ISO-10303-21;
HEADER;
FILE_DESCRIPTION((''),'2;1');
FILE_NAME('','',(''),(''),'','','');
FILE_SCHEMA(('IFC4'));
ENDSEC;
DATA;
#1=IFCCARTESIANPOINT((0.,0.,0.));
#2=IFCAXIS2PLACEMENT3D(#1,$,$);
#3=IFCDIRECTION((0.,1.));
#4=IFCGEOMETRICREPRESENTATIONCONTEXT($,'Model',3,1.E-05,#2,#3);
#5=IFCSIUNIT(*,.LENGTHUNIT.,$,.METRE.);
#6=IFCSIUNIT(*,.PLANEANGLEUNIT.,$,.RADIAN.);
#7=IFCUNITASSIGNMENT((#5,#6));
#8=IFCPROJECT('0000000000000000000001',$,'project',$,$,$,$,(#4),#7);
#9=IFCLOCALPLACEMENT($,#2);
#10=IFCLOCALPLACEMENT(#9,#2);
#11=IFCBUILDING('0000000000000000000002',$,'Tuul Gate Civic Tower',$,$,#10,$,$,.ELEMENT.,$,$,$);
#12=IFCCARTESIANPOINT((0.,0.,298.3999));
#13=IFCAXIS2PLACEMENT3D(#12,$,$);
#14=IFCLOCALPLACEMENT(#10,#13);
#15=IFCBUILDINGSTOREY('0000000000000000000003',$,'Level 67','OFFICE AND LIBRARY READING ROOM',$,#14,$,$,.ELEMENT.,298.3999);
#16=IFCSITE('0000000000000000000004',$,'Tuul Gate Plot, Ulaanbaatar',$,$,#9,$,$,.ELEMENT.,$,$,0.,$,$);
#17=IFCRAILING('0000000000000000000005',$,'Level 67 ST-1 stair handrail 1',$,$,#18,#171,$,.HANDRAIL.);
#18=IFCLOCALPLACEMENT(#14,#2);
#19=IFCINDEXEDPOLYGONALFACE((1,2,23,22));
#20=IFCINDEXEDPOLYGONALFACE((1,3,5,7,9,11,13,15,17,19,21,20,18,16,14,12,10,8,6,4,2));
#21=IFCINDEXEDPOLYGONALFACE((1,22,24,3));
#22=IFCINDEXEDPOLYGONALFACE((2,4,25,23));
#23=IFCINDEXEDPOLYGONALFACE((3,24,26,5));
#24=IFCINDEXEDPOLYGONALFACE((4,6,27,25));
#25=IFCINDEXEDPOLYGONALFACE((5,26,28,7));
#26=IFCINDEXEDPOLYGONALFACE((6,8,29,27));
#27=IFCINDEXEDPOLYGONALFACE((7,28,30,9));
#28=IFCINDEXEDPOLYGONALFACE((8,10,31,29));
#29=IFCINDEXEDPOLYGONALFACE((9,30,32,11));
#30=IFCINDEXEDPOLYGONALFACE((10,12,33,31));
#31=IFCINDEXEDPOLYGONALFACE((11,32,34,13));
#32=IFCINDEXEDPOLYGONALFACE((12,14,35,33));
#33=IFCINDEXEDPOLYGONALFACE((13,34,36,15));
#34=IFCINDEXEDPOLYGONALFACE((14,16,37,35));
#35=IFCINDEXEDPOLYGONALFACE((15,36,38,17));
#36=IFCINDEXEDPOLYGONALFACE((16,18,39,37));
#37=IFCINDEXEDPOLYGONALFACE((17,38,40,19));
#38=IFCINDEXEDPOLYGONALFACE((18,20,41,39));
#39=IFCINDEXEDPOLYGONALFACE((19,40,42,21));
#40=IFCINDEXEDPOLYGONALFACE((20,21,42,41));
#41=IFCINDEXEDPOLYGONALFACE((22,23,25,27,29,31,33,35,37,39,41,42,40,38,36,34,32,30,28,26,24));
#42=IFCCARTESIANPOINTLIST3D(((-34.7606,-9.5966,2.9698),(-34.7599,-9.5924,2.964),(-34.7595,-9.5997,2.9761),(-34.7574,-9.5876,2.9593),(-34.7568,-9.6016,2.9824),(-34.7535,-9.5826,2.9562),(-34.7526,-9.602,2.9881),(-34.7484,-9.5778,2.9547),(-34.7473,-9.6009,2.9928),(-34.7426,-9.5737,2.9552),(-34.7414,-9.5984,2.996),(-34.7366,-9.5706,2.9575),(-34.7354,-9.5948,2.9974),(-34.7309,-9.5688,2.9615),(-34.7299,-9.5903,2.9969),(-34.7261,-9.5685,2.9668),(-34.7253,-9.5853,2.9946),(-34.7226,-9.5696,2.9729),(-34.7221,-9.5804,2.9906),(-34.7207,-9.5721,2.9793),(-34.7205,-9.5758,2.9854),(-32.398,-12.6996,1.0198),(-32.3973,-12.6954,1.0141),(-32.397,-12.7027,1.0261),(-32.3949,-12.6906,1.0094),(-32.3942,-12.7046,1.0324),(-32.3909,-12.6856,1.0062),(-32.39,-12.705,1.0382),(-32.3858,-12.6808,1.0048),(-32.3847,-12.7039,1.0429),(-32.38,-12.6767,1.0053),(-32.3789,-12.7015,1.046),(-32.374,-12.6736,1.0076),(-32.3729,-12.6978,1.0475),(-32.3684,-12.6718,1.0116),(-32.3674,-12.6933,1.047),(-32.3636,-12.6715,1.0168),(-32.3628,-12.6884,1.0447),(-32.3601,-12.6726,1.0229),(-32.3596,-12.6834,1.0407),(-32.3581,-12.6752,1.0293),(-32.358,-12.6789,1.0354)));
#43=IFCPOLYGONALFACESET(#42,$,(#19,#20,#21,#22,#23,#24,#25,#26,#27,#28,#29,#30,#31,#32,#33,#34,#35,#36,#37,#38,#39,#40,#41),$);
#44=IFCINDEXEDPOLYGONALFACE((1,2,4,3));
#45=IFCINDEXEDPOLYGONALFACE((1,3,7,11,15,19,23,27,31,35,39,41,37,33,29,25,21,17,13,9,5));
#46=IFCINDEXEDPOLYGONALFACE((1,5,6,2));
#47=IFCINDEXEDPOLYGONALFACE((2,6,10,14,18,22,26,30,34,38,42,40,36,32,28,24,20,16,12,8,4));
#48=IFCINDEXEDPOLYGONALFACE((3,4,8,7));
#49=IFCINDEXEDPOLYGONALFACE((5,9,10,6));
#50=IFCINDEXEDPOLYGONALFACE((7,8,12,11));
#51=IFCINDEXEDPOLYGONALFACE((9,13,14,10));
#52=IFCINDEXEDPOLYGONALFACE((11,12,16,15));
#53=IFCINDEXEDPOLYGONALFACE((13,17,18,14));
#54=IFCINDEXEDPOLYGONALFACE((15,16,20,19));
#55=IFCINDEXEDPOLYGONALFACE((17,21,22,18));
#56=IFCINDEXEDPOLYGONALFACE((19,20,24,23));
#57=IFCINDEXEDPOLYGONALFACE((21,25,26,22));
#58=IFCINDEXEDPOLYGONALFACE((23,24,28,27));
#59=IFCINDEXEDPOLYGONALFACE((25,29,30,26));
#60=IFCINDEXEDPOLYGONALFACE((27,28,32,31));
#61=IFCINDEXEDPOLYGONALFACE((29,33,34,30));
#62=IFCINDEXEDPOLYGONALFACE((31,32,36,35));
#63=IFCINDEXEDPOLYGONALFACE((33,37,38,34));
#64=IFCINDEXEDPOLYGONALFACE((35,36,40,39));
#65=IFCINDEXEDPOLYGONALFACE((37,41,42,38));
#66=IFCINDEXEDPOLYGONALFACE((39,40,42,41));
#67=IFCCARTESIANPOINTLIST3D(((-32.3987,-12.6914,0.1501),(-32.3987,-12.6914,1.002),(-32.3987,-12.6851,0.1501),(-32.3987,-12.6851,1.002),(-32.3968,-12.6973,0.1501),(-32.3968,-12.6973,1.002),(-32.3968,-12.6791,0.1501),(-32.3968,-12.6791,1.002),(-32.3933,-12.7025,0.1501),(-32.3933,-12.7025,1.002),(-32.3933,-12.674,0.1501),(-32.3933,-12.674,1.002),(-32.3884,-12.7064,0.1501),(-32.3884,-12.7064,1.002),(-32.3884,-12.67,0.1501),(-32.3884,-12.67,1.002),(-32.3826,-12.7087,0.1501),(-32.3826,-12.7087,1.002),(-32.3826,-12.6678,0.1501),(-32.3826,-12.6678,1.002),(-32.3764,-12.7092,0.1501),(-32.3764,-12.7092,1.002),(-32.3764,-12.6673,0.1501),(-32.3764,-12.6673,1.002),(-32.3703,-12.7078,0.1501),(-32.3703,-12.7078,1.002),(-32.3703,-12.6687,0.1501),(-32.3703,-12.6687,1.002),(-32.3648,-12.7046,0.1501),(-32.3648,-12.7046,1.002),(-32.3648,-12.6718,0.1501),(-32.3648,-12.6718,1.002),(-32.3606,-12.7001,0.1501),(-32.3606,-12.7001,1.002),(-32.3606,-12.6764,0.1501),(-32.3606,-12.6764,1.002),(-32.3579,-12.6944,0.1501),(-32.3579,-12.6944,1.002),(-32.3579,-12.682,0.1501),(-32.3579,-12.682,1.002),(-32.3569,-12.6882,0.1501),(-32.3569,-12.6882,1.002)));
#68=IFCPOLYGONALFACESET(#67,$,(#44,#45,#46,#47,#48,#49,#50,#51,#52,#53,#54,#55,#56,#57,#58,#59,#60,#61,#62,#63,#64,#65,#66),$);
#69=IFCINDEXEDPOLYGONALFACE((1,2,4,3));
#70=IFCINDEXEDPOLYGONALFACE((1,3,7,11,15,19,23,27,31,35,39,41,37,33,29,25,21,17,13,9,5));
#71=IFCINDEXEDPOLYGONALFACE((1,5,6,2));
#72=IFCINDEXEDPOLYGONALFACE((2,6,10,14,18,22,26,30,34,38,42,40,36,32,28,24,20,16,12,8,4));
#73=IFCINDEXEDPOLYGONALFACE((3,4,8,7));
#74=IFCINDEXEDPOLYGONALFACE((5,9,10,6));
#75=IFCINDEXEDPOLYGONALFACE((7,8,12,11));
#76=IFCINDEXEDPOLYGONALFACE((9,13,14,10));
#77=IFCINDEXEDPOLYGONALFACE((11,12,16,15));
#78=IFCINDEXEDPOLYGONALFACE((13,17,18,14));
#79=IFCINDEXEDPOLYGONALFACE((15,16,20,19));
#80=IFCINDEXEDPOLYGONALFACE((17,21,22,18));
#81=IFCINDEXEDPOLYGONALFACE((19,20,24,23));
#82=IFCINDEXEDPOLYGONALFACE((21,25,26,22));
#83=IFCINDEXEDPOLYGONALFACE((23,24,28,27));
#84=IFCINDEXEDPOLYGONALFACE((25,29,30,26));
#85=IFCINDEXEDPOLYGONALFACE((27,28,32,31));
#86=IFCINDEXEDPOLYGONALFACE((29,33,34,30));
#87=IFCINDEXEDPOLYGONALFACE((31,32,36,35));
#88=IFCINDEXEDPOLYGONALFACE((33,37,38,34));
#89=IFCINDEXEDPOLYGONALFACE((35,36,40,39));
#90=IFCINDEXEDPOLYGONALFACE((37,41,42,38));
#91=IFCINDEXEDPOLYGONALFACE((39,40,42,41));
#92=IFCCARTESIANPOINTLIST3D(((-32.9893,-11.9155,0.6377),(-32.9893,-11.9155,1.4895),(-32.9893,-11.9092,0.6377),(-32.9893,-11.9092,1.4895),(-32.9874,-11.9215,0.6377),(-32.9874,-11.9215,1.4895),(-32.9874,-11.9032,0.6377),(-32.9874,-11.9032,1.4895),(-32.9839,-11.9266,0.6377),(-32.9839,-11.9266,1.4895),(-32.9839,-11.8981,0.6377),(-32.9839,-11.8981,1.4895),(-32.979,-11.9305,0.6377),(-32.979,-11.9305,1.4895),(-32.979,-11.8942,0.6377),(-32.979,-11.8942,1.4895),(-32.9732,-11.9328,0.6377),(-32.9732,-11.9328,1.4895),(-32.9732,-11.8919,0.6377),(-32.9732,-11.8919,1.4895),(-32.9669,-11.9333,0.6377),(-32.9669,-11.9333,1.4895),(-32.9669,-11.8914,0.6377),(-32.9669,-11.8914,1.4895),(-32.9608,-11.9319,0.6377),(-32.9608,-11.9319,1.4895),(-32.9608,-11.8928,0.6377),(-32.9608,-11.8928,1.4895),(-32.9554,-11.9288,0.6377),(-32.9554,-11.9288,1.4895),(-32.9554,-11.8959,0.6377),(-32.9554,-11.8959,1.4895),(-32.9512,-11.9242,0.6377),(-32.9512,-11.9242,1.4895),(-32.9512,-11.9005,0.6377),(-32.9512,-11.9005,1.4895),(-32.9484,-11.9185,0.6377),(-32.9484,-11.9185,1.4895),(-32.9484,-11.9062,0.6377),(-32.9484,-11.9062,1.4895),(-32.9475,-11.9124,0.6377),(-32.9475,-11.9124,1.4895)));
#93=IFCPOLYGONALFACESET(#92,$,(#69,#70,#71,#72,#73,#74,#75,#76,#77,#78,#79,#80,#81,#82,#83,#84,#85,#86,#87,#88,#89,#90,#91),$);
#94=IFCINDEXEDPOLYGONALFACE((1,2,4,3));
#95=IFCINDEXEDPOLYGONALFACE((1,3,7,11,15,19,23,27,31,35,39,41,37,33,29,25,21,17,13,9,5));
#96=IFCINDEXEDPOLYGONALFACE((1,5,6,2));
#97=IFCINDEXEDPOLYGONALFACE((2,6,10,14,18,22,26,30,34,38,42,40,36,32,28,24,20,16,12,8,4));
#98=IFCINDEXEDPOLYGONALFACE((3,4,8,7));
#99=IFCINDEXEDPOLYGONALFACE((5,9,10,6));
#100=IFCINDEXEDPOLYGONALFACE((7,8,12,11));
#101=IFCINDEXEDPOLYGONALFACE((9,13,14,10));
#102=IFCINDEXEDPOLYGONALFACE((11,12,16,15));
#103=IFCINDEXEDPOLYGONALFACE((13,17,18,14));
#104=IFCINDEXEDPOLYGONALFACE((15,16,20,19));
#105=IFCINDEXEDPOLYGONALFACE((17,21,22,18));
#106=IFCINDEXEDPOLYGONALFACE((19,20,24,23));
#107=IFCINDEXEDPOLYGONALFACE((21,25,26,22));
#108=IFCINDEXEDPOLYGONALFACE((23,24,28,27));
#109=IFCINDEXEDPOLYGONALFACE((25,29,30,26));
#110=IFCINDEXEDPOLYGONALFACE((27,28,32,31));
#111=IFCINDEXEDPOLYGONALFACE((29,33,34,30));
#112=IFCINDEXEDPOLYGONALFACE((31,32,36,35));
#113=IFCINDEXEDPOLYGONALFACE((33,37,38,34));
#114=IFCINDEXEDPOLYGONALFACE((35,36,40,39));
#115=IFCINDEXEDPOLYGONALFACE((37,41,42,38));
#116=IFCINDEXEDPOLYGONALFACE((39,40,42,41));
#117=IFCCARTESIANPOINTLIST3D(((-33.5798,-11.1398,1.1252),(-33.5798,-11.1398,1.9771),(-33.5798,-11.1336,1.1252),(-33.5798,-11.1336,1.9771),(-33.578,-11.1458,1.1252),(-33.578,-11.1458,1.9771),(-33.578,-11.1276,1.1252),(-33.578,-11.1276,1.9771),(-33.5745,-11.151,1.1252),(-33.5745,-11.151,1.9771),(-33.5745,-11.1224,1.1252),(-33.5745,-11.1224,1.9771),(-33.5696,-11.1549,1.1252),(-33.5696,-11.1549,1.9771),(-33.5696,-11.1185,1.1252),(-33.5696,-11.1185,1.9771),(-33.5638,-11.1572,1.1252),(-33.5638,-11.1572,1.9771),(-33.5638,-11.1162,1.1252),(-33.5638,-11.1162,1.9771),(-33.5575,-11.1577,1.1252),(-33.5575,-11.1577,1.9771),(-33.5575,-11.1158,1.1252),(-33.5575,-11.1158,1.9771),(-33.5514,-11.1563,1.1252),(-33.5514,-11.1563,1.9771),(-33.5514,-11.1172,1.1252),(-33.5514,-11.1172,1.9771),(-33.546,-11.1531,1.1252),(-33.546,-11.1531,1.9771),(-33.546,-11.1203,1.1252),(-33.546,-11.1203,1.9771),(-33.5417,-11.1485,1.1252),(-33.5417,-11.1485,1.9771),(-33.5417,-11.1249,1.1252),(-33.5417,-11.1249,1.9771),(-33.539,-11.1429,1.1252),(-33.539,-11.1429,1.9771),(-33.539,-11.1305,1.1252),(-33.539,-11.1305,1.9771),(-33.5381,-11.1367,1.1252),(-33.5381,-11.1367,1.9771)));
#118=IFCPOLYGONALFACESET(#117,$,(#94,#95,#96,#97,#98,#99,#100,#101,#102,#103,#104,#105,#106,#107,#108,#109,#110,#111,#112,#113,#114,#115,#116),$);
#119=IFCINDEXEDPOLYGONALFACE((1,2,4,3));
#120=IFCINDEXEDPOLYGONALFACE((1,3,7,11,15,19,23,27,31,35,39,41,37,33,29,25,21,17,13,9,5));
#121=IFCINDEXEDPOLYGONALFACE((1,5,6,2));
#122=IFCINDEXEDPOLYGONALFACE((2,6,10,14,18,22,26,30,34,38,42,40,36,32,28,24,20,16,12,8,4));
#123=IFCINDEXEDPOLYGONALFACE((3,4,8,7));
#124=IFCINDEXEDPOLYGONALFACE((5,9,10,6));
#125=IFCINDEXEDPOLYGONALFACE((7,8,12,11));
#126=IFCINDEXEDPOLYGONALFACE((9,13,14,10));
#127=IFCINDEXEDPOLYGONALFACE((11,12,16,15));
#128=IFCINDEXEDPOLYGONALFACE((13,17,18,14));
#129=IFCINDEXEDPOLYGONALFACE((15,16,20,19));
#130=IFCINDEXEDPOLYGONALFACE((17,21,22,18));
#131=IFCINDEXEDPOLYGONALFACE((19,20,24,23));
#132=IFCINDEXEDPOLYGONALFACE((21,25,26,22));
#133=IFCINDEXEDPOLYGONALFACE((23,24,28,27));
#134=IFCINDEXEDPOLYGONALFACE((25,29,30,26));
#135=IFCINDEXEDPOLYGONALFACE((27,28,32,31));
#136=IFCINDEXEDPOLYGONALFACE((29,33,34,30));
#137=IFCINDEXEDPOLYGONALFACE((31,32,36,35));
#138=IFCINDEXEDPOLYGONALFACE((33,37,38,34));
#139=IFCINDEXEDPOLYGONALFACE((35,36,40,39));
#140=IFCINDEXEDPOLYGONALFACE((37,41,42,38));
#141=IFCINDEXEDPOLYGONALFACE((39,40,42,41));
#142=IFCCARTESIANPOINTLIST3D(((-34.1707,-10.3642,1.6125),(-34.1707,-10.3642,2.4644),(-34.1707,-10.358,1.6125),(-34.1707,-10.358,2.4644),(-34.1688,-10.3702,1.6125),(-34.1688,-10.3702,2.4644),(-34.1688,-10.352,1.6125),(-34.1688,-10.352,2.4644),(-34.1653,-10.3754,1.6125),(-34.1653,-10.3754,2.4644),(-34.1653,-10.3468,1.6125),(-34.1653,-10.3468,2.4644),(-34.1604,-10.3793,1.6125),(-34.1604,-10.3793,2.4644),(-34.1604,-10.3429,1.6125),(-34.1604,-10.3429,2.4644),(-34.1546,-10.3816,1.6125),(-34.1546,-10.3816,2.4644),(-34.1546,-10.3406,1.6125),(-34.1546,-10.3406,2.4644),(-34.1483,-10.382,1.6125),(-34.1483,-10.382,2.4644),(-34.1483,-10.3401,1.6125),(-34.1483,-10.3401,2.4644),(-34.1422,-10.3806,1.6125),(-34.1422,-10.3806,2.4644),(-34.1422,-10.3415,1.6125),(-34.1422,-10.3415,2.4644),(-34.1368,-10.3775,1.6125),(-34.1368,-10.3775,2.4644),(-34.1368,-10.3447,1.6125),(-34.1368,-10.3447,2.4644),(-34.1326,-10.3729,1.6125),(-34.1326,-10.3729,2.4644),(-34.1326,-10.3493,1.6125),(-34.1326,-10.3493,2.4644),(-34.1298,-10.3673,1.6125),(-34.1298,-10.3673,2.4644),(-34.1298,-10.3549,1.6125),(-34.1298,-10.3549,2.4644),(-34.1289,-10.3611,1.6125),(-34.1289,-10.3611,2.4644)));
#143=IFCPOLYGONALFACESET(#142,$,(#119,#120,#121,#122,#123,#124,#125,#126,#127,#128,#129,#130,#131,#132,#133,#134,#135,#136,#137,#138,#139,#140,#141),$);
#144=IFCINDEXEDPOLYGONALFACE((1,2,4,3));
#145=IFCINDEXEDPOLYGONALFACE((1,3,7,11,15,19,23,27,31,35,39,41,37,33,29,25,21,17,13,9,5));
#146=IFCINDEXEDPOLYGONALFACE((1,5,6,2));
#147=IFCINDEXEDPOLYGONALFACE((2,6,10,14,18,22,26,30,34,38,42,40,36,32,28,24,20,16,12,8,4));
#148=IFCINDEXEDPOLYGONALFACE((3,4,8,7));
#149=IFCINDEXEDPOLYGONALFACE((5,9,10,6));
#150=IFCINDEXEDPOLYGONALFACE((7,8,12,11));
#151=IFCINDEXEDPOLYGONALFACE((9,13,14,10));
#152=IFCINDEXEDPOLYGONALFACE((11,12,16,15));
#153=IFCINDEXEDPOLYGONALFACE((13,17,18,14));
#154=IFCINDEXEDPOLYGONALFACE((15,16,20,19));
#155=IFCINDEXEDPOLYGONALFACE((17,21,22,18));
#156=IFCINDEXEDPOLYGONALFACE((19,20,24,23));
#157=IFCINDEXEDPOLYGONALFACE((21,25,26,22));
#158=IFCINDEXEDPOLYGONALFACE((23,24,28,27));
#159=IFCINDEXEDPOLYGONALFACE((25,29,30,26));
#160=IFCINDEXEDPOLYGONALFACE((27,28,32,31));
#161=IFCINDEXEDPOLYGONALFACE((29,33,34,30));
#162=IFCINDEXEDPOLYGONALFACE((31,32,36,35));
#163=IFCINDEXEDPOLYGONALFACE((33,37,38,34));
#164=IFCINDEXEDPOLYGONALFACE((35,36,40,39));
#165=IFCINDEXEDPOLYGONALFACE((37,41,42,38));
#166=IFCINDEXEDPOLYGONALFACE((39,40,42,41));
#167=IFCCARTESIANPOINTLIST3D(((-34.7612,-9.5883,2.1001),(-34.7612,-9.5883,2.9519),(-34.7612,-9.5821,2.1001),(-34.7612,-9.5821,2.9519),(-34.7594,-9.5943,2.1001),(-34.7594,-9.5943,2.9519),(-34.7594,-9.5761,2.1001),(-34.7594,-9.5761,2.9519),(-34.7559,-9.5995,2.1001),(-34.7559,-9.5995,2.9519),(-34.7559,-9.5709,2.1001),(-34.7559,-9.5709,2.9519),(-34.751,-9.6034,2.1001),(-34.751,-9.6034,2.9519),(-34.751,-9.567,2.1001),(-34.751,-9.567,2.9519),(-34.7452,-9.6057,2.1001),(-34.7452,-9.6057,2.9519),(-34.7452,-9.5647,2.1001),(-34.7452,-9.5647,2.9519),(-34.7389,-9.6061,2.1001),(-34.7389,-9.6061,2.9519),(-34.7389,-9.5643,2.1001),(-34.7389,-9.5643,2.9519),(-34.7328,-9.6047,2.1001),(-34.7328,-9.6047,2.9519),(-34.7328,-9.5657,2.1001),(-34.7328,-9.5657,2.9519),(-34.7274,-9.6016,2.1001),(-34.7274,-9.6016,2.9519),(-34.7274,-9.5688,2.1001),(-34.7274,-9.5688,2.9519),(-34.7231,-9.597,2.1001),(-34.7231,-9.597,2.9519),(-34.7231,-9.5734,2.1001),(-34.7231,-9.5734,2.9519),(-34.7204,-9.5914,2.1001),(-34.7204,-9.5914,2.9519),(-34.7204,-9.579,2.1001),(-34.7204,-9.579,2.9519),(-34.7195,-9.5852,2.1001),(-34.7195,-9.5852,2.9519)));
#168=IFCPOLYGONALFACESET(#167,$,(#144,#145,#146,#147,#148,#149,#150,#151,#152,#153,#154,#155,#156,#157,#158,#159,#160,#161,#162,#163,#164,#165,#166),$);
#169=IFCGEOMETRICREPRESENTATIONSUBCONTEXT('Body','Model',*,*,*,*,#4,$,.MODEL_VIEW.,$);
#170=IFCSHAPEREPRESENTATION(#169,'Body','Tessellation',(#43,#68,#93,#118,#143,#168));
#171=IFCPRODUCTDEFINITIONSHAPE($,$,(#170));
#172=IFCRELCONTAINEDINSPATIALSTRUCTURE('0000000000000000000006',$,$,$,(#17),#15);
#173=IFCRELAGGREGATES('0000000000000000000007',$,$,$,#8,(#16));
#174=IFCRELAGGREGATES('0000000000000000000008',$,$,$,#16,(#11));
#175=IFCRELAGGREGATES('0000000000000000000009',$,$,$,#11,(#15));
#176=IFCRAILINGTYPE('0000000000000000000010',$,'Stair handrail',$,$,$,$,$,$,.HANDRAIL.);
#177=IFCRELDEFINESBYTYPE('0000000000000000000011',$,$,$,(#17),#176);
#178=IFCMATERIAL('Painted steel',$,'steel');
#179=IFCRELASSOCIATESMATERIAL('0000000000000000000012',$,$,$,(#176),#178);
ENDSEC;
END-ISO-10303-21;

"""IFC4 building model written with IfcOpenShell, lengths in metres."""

from ifc_helpers import new_model, si_unit, direction, frame, origin, origin_2d, place, context, subcontext, project, spatial, circle, extrude, material, type_object, element, save


model = new_model("IFC4")

# Units and contexts
model_context = context("Model", 3, precision=1e-05, world=origin(), true_north=direction((0.0, 1.0)))
body_context = subcontext(model_context, "Body", "Model", "MODEL_VIEW")
ifc_project = project(units=[si_unit("LENGTHUNIT", "METRE"), si_unit("PLANEANGLEUNIT", "RADIAN")], contexts=[model_context])

# Site, building, storey
site_placement = place(None, origin())
site = spatial("IfcSite", under=ifc_project, at=site_placement, Name="Tuul Gate Plot, Ulaanbaatar", CompositionType="ELEMENT", RefElevation=0.0)
building_placement = place(site_placement, origin())
building = spatial("IfcBuilding", under=site, at=building_placement, Name="Tuul Gate Civic Tower", CompositionType="ELEMENT")
storey_placement = place(building_placement, frame((0.0, 0.0, 298.3999)))
storey = spatial("IfcBuildingStorey", under=building, at=storey_placement, Name="Level 67", Description="OFFICE AND LIBRARY READING ROOM", CompositionType="ELEMENT", Elevation=298.3999)

# Railing
ifc_material_1 = material(Name="Painted steel", Category="steel")
railing_type_1 = type_object("IfcRailingType", Name="Stair handrail", PredefinedType="HANDRAIL", material=ifc_material_1)
railing_1_placement = place(storey_placement, frame((-32.3779, -12.6882, 0.1501)))
element("IfcRailing", 1, at=railing_1_placement, inside=storey, type_object=railing_type_1, Name="Level 67 ST-1 stair handrail 1", PredefinedType="HANDRAIL", context=body_context, shape_type="SweptSolid", body=[
    extrude(circle(Radius=0.0239, at=origin_2d()), frame((0.0, 0.0, 0.876), z_axis=(-0.541824, 0.711645, 0.4472), x_axis=(-0.795637, -0.605773, 0.0)), (0.0, 0.0, 1.0), 4.3604),
    extrude(circle(Radius=0.021, at=origin_2d()), origin(), (0.0, 0.0, 1.0), 0.8518),
    extrude(circle(Radius=0.021, at=origin_2d()), frame((-0.5906, 0.7759, 0.4875)), (0.0, 0.0, 1.0), 0.8518),
    extrude(circle(Radius=0.021, at=origin_2d()), frame((-1.1812, 1.5515, 0.9751)), (0.0, 0.0, 1.0), 0.8518),
    extrude(circle(Radius=0.021, at=origin_2d()), frame((-1.772, 2.3271, 1.4624)), (0.0, 0.0, 1.0), 0.8518),
    extrude(circle(Radius=0.021, at=origin_2d()), frame((-2.3625, 3.103, 1.95)), (0.0, 0.0, 1.0), 0.8518),
])

save(model, "model.ifc")
